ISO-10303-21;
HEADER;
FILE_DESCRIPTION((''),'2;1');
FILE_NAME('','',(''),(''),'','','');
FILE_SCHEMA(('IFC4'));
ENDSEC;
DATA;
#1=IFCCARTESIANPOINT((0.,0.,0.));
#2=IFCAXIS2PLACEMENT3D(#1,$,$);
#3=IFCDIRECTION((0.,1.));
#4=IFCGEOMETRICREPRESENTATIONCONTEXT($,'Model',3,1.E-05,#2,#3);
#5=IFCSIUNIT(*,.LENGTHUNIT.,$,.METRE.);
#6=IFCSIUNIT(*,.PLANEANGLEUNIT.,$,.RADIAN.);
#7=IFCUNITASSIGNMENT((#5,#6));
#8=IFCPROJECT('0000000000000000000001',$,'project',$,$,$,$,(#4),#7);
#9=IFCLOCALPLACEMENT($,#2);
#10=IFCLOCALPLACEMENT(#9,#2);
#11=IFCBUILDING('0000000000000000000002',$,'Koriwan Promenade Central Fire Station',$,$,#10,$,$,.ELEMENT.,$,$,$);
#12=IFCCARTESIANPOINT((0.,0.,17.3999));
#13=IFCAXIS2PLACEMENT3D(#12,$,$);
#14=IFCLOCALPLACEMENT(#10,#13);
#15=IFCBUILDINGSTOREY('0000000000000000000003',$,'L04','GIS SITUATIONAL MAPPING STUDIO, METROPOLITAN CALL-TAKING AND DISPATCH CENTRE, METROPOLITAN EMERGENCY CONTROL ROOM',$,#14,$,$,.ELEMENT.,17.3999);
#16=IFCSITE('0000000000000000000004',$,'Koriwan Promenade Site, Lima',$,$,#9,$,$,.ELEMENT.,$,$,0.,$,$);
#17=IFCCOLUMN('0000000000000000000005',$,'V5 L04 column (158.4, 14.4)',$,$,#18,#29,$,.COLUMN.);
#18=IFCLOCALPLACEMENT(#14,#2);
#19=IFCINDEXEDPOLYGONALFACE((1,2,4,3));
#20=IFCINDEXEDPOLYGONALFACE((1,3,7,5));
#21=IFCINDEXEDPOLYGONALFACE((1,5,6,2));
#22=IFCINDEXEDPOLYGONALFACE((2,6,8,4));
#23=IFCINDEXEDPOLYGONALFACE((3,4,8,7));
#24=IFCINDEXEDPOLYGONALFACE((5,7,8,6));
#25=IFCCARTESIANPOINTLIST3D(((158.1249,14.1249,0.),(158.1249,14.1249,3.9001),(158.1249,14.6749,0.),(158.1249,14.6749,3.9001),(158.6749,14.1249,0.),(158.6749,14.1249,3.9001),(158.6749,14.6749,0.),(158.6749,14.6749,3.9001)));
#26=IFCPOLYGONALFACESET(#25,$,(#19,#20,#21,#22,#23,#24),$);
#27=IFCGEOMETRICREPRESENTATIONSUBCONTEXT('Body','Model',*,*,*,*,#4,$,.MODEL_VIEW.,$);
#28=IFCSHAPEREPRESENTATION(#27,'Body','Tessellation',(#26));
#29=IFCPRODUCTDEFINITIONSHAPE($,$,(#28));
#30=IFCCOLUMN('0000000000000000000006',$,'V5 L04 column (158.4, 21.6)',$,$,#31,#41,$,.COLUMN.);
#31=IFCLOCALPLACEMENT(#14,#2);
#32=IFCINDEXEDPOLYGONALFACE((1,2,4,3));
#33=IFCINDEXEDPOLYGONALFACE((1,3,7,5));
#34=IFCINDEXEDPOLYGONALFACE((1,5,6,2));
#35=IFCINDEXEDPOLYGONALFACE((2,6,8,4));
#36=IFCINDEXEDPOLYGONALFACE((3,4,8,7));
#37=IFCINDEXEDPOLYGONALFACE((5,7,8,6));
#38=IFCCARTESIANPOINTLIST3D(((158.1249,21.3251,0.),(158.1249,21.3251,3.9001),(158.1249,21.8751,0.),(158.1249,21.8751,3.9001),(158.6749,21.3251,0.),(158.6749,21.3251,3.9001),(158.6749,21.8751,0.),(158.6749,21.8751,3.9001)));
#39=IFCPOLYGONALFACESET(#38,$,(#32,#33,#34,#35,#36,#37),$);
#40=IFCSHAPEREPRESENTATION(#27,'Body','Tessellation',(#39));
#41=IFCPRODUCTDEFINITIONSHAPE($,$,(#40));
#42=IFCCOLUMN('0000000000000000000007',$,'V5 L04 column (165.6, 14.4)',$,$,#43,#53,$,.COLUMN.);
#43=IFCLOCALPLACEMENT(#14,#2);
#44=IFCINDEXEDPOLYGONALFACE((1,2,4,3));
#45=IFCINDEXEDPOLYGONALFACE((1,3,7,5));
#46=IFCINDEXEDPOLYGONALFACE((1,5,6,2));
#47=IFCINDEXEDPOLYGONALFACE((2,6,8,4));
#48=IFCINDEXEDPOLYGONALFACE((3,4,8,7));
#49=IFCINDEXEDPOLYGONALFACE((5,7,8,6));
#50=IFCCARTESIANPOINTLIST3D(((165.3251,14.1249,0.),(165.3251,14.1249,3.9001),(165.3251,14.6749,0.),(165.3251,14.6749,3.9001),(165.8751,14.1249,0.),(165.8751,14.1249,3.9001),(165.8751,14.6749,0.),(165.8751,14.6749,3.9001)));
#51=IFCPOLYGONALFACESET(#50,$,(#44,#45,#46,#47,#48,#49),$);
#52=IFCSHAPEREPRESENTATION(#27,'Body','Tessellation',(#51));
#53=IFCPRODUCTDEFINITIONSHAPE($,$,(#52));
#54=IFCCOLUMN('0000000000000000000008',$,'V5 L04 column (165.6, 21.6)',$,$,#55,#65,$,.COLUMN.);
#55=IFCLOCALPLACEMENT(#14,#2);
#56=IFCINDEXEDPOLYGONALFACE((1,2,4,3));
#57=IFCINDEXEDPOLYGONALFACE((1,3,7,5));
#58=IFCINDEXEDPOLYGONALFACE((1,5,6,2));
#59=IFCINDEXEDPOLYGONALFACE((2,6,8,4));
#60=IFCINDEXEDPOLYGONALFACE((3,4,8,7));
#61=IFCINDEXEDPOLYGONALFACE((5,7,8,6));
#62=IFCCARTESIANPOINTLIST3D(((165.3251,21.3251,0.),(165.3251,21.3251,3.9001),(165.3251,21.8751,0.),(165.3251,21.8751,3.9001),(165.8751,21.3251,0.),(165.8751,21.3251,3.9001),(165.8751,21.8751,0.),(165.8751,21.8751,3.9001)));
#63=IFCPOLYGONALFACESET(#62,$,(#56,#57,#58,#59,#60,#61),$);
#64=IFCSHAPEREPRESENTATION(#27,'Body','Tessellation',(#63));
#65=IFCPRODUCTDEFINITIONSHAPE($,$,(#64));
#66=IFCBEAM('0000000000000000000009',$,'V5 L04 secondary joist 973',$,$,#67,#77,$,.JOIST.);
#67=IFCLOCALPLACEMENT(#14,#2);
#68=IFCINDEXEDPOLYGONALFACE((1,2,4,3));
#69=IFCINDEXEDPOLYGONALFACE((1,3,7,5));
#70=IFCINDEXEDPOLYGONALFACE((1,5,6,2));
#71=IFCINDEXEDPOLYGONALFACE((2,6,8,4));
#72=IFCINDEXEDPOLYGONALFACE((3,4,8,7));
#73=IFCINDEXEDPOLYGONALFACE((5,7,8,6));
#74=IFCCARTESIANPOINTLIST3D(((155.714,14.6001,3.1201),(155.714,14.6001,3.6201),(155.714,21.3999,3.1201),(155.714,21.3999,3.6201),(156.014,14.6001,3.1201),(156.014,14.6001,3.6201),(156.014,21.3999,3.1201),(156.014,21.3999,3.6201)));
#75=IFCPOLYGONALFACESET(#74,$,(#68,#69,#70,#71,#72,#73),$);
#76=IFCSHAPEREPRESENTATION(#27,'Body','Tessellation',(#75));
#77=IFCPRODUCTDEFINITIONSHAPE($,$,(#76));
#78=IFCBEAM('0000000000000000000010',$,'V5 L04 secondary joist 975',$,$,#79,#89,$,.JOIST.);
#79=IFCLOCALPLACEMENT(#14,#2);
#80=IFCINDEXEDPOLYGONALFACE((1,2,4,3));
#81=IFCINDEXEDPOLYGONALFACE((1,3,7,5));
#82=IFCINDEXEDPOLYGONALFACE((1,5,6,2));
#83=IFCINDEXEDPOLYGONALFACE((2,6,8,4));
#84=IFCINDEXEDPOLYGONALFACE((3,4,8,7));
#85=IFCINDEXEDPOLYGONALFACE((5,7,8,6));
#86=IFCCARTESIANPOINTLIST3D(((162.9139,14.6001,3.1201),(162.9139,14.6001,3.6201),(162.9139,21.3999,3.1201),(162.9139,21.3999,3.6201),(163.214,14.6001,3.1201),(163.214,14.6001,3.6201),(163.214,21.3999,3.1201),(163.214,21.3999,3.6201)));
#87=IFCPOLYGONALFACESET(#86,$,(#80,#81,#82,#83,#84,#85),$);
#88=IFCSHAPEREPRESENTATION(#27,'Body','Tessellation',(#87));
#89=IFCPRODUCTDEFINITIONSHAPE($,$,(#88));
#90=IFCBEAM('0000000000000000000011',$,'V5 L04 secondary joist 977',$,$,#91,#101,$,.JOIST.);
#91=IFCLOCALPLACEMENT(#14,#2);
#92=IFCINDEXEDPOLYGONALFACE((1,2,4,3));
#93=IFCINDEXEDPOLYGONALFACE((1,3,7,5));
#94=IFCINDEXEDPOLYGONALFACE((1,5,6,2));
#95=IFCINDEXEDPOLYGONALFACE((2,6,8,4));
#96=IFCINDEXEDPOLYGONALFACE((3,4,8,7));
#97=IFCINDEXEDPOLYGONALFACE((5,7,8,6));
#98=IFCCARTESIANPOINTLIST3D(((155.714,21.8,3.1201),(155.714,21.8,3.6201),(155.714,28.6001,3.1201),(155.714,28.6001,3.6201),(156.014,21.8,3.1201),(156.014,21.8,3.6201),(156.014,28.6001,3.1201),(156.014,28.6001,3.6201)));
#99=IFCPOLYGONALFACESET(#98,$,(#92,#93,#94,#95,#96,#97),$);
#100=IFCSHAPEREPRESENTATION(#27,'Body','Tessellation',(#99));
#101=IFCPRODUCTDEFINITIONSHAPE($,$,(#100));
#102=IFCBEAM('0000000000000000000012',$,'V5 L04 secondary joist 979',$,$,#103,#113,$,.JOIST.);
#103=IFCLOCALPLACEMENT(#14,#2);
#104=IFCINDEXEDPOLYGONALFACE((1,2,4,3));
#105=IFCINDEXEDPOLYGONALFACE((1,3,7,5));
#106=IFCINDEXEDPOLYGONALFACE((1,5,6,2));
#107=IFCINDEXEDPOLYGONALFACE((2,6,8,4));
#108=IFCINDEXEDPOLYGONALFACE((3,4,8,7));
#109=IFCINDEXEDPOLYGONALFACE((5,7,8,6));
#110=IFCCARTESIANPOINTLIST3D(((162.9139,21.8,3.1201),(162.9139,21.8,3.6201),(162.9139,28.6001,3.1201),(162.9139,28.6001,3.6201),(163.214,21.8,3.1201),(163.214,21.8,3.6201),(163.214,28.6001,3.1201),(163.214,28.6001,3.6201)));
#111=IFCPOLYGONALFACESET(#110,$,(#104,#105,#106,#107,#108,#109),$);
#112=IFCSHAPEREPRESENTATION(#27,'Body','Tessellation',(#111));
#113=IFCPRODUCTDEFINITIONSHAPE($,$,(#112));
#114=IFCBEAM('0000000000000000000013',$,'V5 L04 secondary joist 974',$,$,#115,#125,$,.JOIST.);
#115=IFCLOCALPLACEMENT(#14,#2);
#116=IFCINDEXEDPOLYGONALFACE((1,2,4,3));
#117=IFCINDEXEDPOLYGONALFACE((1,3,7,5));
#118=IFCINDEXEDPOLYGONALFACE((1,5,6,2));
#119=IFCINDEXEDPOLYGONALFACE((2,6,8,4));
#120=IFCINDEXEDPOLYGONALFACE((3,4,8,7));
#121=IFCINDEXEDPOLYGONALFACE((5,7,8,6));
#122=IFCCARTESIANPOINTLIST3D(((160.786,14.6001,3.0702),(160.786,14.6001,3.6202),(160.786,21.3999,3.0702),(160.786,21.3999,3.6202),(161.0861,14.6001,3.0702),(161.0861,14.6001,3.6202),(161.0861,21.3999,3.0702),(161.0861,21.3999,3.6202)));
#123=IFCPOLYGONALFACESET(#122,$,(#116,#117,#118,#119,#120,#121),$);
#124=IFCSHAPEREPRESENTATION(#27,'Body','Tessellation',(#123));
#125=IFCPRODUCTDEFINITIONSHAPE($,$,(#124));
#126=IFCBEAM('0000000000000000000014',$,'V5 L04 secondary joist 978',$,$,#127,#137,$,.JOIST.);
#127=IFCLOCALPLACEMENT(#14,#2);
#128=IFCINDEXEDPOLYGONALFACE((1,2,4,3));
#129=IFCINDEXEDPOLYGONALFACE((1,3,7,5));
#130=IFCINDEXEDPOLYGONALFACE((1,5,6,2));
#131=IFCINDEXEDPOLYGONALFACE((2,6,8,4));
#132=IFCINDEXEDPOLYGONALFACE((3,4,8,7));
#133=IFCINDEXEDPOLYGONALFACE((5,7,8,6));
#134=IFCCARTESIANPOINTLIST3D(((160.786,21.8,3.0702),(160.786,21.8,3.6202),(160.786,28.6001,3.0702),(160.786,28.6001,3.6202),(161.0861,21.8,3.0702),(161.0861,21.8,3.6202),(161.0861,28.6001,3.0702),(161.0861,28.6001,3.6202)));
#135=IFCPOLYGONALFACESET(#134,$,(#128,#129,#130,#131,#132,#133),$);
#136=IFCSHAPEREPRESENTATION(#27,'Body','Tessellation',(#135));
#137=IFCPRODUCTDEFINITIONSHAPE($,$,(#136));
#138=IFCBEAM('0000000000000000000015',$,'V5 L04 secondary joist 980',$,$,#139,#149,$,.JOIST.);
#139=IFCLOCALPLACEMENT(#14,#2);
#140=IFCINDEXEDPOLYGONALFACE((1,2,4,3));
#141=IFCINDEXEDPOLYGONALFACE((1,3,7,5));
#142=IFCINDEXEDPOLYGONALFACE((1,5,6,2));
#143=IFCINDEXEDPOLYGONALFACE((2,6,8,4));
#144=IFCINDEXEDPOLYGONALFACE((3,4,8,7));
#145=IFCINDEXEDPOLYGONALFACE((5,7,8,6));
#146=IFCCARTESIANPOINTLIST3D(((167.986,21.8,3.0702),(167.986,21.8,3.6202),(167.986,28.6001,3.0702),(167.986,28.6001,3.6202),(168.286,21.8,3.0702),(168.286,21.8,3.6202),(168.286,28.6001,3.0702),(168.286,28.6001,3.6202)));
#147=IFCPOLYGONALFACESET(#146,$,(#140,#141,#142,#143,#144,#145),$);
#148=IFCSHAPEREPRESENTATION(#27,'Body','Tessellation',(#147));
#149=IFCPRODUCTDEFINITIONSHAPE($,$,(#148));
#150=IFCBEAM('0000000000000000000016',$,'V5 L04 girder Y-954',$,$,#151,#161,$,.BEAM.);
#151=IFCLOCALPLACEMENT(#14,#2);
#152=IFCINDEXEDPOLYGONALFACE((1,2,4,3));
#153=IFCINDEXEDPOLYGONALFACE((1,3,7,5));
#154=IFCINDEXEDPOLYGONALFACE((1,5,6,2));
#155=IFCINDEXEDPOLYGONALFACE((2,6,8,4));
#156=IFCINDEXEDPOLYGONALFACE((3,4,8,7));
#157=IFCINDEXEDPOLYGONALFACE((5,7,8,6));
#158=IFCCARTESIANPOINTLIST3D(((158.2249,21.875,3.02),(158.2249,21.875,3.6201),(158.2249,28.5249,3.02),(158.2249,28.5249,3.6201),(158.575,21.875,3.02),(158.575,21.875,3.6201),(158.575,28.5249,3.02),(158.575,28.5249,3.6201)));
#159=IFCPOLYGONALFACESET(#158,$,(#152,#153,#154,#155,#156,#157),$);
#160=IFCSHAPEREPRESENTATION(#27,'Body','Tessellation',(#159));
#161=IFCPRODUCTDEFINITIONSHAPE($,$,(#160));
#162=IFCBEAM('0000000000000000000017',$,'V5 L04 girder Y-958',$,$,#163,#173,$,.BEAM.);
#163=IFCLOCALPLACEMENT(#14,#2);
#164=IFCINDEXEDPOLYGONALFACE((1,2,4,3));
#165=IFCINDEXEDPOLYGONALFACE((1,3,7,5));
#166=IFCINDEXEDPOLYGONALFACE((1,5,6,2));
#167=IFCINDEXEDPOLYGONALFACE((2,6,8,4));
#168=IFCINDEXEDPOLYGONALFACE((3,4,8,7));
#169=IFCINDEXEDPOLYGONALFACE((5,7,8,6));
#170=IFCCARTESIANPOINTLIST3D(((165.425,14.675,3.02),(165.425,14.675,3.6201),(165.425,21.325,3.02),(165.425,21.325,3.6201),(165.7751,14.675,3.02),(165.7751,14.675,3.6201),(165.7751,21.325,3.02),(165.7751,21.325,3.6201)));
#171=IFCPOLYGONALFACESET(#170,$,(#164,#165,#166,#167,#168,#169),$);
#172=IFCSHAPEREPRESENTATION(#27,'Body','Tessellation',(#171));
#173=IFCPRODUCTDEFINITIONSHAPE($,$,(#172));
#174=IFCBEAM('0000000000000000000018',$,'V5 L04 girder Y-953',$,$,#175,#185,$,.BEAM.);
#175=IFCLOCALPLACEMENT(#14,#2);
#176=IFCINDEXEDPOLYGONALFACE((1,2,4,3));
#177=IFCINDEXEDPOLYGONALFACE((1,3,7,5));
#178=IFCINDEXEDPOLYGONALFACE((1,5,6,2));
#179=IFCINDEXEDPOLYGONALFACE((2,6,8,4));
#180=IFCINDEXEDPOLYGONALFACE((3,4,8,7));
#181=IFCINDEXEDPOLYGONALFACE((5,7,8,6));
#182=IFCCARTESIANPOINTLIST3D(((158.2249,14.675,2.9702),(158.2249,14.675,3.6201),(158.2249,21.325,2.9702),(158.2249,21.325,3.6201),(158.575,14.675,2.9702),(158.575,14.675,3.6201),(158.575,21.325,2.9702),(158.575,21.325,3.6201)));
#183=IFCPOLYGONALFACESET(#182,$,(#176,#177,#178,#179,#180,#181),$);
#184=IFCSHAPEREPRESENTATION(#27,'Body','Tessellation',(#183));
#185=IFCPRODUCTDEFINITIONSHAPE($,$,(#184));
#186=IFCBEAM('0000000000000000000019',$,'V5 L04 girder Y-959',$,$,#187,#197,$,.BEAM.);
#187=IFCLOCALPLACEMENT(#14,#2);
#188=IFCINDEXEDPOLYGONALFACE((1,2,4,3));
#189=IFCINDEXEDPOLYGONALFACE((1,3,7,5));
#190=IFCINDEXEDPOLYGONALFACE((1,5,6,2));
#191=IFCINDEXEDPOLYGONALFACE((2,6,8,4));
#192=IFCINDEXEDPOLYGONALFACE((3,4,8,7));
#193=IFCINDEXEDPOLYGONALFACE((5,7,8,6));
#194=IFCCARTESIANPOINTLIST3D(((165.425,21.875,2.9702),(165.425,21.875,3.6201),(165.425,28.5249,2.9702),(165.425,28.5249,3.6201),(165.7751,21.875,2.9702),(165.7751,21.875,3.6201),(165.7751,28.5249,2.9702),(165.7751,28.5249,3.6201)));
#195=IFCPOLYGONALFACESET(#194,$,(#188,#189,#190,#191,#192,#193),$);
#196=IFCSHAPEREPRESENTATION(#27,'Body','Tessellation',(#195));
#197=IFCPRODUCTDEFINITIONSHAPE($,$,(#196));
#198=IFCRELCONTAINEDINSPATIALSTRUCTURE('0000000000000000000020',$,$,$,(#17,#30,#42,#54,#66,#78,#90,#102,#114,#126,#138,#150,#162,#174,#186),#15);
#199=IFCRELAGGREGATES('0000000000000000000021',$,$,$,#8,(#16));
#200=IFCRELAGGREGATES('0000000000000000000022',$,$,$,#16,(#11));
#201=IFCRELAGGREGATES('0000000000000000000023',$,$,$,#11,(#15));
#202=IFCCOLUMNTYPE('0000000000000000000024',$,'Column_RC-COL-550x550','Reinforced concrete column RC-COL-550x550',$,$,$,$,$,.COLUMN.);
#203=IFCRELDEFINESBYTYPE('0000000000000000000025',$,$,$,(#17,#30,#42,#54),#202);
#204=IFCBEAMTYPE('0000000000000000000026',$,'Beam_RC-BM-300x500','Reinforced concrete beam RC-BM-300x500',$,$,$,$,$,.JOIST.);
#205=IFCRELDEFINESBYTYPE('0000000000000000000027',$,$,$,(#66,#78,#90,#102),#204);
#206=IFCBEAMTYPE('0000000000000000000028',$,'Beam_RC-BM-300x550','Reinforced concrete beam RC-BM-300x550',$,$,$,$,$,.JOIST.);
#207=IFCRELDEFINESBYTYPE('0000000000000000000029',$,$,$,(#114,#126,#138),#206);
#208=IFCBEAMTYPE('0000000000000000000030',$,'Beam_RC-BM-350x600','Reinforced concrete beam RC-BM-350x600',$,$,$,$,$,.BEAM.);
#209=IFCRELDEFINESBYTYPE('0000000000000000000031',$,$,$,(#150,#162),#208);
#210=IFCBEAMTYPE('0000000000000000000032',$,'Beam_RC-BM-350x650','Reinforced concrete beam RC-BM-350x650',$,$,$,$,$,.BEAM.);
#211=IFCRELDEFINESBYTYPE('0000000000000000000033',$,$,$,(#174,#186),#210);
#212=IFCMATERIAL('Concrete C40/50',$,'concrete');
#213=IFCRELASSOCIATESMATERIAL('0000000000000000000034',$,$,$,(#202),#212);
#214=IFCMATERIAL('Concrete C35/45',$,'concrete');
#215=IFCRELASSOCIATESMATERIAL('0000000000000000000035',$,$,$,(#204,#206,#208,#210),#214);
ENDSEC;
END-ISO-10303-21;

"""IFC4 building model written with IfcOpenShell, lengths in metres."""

from ifc_helpers import new_model, si_unit, direction, frame, origin, origin_2d, place, context, subcontext, project, spatial, rectangle, extrude, material, material_profile, profile_set, type_object, element, save


model = new_model("IFC4")

# Units and contexts
model_context = context("Model", 3, precision=1e-05, world=origin(), true_north=direction((0.0, 1.0)))
body_context = subcontext(model_context, "Body", "Model", "MODEL_VIEW")
ifc_project = project(units=[si_unit("LENGTHUNIT", "METRE"), si_unit("PLANEANGLEUNIT", "RADIAN")], contexts=[model_context])

# Site, building, storey
site_placement = place(None, origin())
site = spatial("IfcSite", under=ifc_project, at=site_placement, Name="Koriwan Promenade Site, Lima", CompositionType="ELEMENT", RefElevation=0.0)
building_placement = place(site_placement, origin())
building = spatial("IfcBuilding", under=site, at=building_placement, Name="Koriwan Promenade Central Fire Station", CompositionType="ELEMENT")
storey_placement = place(building_placement, frame((0.0, 0.0, 17.3999)))
storey = spatial("IfcBuildingStorey", under=building, at=storey_placement, Name="L04", Description="GIS SITUATIONAL MAPPING STUDIO, METROPOLITAN CALL-TAKING AND DISPATCH CENTRE, METROPOLITAN EMERGENCY CONTROL ROOM", CompositionType="ELEMENT", Elevation=17.3999)

# Columns
ifc_material_1 = material(Name="Concrete C40/50", Category="concrete")
ifc_material_profile_1 = material_profile(ifc_material_1, rectangle(XDim=0.55, YDim=0.55, at=origin_2d()), Name="RC-COL-550x550")
ifc_profile_set_1 = profile_set([ifc_material_profile_1], Name="Concrete C40/50")
column_type = type_object("IfcColumnType", Name="Column_RC-COL-550x550", Description="Reinforced concrete column RC-COL-550x550", PredefinedType="COLUMN", material=ifc_profile_set_1)
for number, where, z_axis, x_axis, name in (
    (1, (158.3999, 14.3999, 0.0), (0.0, 0.0, 1.0), (1.0, 0.0, 0.0), "V5 L04 column (158.4, 14.4)"),
    (2, (158.3999, 21.6001, 0.0), (0.0, 0.0, 1.0), (1.0, 0.0, 0.0), "V5 L04 column (158.4, 21.6)"),
    (3, (165.6001, 14.3999, 0.0), (0.0, 0.0, 1.0), (1.0, 0.0, 0.0), "V5 L04 column (165.6, 14.4)"),
    (4, (165.6001, 21.6001, 0.0), (0.0, 0.0, 1.0), (1.0, 0.0, 0.0), "V5 L04 column (165.6, 21.6)"),
):
    element("IfcColumn", number, at=place(storey_placement, frame(where, z_axis=z_axis, x_axis=x_axis)), inside=storey, type_object=column_type, Name=name, PredefinedType="COLUMN", context=body_context, shape_type="SweptSolid", body=[
        extrude(rectangle(XDim=0.55, YDim=0.55, at=origin_2d()), origin(), (0.0, 0.0, 1.0), 3.9001),
    ])

# Beams
ifc_material_2 = material(Name="Concrete C35/45", Category="concrete")
ifc_material_profile_2 = material_profile(ifc_material_2, rectangle(XDim=0.3, YDim=0.5, at=origin_2d()), Name="RC-BM-300x500")
ifc_profile_set_2 = profile_set([ifc_material_profile_2], Name="Concrete C35/45")
beam_type_1 = type_object("IfcBeamType", Name="Beam_RC-BM-300x500", Description="Reinforced concrete beam RC-BM-300x500", PredefinedType="JOIST", material=ifc_profile_set_2)
for number, where, z_axis, x_axis, name in (
    (5, (155.864, 14.6001, 3.3701), (0.0, 1.0, 0.0), (-1.0, 0.0, 0.0), "V5 L04 secondary joist 973"),
    (6, (163.064, 14.6001, 3.3701), (0.0, 1.0, 0.0), (-1.0, 0.0, 0.0), "V5 L04 secondary joist 975"),
):
    element("IfcBeam", number, at=place(storey_placement, frame(where, z_axis=z_axis, x_axis=x_axis)), inside=storey, type_object=beam_type_1, Name=name, PredefinedType="JOIST", context=body_context, shape_type="SweptSolid", body=[
        extrude(rectangle(XDim=0.3, YDim=0.5, at=origin_2d()), origin(), (0.0, 0.0, 1.0), 6.7998),
    ])
for number, where, z_axis, x_axis, name in (
    (7, (155.864, 21.8, 3.3701), (0.0, 1.0, 0.0), (-1.0, 0.0, 0.0), "V5 L04 secondary joist 977"),
    (8, (163.064, 21.8, 3.3701), (0.0, 1.0, 0.0), (-1.0, 0.0, 0.0), "V5 L04 secondary joist 979"),
):
    element("IfcBeam", number, at=place(storey_placement, frame(where, z_axis=z_axis, x_axis=x_axis)), inside=storey, type_object=beam_type_1, Name=name, PredefinedType="JOIST", context=body_context, shape_type="SweptSolid", body=[
        extrude(rectangle(XDim=0.3, YDim=0.5, at=origin_2d()), origin(), (0.0, 0.0, 1.0), 6.8),
    ])
ifc_material_profile_3 = material_profile(ifc_material_2, rectangle(XDim=0.3, YDim=0.55, at=origin_2d()), Name="RC-BM-300x550")
ifc_profile_set_3 = profile_set([ifc_material_profile_3], Name="Concrete C35/45")
beam_type_2 = type_object("IfcBeamType", Name="Beam_RC-BM-300x550", Description="Reinforced concrete beam RC-BM-300x550", PredefinedType="JOIST", material=ifc_profile_set_3)
beam_1_placement = place(storey_placement, frame((160.936, 14.6001, 3.3452), z_axis=(0.0, 1.0, 0.0), x_axis=(-1.0, 0.0, 0.0)))
element("IfcBeam", 9, at=beam_1_placement, inside=storey, type_object=beam_type_2, Name="V5 L04 secondary joist 974", PredefinedType="JOIST", context=body_context, shape_type="SweptSolid", body=[
    extrude(rectangle(XDim=0.3, YDim=0.55, at=origin_2d()), origin(), (0.0, 0.0, 1.0), 6.7998),
])
for number, where, z_axis, x_axis, name in (
    (10, (160.936, 21.8, 3.3452), (0.0, 1.0, 0.0), (-1.0, 0.0, 0.0), "V5 L04 secondary joist 978"),
    (11, (168.136, 21.8, 3.3452), (0.0, 1.0, 0.0), (-1.0, 0.0, 0.0), "V5 L04 secondary joist 980"),
):
    element("IfcBeam", number, at=place(storey_placement, frame(where, z_axis=z_axis, x_axis=x_axis)), inside=storey, type_object=beam_type_2, Name=name, PredefinedType="JOIST", context=body_context, shape_type="SweptSolid", body=[
        extrude(rectangle(XDim=0.3, YDim=0.55, at=origin_2d()), origin(), (0.0, 0.0, 1.0), 6.8),
    ])
ifc_material_profile_4 = material_profile(ifc_material_2, rectangle(XDim=0.3501, YDim=0.6001, at=origin_2d()), Name="RC-BM-350x600")
ifc_profile_set_4 = profile_set([ifc_material_profile_4], Name="Concrete C35/45")
beam_type_3 = type_object("IfcBeamType", Name="Beam_RC-BM-350x600", Description="Reinforced concrete beam RC-BM-350x600", PredefinedType="BEAM", material=ifc_profile_set_4)
for number, where, z_axis, x_axis, name in (
    (12, (158.3999, 21.875, 3.3201), (0.0, 1.0, 0.0), (-1.0, 0.0, 0.0), "V5 L04 girder Y-954"),
    (13, (165.6001, 14.675, 3.3201), (0.0, 1.0, 0.0), (-1.0, 0.0, 0.0), "V5 L04 girder Y-958"),
):
    element("IfcBeam", number, at=place(storey_placement, frame(where, z_axis=z_axis, x_axis=x_axis)), inside=storey, type_object=beam_type_3, Name=name, PredefinedType="BEAM", context=body_context, shape_type="SweptSolid", body=[
        extrude(rectangle(XDim=0.3501, YDim=0.6001, at=origin_2d()), origin(), (0.0, 0.0, 1.0), 6.6499),
    ])
ifc_material_profile_5 = material_profile(ifc_material_2, rectangle(XDim=0.3501, YDim=0.6499, at=origin_2d()), Name="RC-BM-350x650")
ifc_profile_set_5 = profile_set([ifc_material_profile_5], Name="Concrete C35/45")
beam_type_4 = type_object("IfcBeamType", Name="Beam_RC-BM-350x650", Description="Reinforced concrete beam RC-BM-350x650", PredefinedType="BEAM", material=ifc_profile_set_5)
for number, where, z_axis, x_axis, name in (
    (14, (158.3999, 14.675, 3.2952), (0.0, 1.0, 0.0), (-1.0, 0.0, 0.0), "V5 L04 girder Y-953"),
    (15, (165.6001, 21.875, 3.2952), (0.0, 1.0, 0.0), (-1.0, 0.0, 0.0), "V5 L04 girder Y-959"),
):
    element("IfcBeam", number, at=place(storey_placement, frame(where, z_axis=z_axis, x_axis=x_axis)), inside=storey, type_object=beam_type_4, Name=name, PredefinedType="BEAM", context=body_context, shape_type="SweptSolid", body=[
        extrude(rectangle(XDim=0.3501, YDim=0.6499, at=origin_2d()), origin(), (0.0, 0.0, 1.0), 6.6499),
    ])

save(model, "model.ifc")
